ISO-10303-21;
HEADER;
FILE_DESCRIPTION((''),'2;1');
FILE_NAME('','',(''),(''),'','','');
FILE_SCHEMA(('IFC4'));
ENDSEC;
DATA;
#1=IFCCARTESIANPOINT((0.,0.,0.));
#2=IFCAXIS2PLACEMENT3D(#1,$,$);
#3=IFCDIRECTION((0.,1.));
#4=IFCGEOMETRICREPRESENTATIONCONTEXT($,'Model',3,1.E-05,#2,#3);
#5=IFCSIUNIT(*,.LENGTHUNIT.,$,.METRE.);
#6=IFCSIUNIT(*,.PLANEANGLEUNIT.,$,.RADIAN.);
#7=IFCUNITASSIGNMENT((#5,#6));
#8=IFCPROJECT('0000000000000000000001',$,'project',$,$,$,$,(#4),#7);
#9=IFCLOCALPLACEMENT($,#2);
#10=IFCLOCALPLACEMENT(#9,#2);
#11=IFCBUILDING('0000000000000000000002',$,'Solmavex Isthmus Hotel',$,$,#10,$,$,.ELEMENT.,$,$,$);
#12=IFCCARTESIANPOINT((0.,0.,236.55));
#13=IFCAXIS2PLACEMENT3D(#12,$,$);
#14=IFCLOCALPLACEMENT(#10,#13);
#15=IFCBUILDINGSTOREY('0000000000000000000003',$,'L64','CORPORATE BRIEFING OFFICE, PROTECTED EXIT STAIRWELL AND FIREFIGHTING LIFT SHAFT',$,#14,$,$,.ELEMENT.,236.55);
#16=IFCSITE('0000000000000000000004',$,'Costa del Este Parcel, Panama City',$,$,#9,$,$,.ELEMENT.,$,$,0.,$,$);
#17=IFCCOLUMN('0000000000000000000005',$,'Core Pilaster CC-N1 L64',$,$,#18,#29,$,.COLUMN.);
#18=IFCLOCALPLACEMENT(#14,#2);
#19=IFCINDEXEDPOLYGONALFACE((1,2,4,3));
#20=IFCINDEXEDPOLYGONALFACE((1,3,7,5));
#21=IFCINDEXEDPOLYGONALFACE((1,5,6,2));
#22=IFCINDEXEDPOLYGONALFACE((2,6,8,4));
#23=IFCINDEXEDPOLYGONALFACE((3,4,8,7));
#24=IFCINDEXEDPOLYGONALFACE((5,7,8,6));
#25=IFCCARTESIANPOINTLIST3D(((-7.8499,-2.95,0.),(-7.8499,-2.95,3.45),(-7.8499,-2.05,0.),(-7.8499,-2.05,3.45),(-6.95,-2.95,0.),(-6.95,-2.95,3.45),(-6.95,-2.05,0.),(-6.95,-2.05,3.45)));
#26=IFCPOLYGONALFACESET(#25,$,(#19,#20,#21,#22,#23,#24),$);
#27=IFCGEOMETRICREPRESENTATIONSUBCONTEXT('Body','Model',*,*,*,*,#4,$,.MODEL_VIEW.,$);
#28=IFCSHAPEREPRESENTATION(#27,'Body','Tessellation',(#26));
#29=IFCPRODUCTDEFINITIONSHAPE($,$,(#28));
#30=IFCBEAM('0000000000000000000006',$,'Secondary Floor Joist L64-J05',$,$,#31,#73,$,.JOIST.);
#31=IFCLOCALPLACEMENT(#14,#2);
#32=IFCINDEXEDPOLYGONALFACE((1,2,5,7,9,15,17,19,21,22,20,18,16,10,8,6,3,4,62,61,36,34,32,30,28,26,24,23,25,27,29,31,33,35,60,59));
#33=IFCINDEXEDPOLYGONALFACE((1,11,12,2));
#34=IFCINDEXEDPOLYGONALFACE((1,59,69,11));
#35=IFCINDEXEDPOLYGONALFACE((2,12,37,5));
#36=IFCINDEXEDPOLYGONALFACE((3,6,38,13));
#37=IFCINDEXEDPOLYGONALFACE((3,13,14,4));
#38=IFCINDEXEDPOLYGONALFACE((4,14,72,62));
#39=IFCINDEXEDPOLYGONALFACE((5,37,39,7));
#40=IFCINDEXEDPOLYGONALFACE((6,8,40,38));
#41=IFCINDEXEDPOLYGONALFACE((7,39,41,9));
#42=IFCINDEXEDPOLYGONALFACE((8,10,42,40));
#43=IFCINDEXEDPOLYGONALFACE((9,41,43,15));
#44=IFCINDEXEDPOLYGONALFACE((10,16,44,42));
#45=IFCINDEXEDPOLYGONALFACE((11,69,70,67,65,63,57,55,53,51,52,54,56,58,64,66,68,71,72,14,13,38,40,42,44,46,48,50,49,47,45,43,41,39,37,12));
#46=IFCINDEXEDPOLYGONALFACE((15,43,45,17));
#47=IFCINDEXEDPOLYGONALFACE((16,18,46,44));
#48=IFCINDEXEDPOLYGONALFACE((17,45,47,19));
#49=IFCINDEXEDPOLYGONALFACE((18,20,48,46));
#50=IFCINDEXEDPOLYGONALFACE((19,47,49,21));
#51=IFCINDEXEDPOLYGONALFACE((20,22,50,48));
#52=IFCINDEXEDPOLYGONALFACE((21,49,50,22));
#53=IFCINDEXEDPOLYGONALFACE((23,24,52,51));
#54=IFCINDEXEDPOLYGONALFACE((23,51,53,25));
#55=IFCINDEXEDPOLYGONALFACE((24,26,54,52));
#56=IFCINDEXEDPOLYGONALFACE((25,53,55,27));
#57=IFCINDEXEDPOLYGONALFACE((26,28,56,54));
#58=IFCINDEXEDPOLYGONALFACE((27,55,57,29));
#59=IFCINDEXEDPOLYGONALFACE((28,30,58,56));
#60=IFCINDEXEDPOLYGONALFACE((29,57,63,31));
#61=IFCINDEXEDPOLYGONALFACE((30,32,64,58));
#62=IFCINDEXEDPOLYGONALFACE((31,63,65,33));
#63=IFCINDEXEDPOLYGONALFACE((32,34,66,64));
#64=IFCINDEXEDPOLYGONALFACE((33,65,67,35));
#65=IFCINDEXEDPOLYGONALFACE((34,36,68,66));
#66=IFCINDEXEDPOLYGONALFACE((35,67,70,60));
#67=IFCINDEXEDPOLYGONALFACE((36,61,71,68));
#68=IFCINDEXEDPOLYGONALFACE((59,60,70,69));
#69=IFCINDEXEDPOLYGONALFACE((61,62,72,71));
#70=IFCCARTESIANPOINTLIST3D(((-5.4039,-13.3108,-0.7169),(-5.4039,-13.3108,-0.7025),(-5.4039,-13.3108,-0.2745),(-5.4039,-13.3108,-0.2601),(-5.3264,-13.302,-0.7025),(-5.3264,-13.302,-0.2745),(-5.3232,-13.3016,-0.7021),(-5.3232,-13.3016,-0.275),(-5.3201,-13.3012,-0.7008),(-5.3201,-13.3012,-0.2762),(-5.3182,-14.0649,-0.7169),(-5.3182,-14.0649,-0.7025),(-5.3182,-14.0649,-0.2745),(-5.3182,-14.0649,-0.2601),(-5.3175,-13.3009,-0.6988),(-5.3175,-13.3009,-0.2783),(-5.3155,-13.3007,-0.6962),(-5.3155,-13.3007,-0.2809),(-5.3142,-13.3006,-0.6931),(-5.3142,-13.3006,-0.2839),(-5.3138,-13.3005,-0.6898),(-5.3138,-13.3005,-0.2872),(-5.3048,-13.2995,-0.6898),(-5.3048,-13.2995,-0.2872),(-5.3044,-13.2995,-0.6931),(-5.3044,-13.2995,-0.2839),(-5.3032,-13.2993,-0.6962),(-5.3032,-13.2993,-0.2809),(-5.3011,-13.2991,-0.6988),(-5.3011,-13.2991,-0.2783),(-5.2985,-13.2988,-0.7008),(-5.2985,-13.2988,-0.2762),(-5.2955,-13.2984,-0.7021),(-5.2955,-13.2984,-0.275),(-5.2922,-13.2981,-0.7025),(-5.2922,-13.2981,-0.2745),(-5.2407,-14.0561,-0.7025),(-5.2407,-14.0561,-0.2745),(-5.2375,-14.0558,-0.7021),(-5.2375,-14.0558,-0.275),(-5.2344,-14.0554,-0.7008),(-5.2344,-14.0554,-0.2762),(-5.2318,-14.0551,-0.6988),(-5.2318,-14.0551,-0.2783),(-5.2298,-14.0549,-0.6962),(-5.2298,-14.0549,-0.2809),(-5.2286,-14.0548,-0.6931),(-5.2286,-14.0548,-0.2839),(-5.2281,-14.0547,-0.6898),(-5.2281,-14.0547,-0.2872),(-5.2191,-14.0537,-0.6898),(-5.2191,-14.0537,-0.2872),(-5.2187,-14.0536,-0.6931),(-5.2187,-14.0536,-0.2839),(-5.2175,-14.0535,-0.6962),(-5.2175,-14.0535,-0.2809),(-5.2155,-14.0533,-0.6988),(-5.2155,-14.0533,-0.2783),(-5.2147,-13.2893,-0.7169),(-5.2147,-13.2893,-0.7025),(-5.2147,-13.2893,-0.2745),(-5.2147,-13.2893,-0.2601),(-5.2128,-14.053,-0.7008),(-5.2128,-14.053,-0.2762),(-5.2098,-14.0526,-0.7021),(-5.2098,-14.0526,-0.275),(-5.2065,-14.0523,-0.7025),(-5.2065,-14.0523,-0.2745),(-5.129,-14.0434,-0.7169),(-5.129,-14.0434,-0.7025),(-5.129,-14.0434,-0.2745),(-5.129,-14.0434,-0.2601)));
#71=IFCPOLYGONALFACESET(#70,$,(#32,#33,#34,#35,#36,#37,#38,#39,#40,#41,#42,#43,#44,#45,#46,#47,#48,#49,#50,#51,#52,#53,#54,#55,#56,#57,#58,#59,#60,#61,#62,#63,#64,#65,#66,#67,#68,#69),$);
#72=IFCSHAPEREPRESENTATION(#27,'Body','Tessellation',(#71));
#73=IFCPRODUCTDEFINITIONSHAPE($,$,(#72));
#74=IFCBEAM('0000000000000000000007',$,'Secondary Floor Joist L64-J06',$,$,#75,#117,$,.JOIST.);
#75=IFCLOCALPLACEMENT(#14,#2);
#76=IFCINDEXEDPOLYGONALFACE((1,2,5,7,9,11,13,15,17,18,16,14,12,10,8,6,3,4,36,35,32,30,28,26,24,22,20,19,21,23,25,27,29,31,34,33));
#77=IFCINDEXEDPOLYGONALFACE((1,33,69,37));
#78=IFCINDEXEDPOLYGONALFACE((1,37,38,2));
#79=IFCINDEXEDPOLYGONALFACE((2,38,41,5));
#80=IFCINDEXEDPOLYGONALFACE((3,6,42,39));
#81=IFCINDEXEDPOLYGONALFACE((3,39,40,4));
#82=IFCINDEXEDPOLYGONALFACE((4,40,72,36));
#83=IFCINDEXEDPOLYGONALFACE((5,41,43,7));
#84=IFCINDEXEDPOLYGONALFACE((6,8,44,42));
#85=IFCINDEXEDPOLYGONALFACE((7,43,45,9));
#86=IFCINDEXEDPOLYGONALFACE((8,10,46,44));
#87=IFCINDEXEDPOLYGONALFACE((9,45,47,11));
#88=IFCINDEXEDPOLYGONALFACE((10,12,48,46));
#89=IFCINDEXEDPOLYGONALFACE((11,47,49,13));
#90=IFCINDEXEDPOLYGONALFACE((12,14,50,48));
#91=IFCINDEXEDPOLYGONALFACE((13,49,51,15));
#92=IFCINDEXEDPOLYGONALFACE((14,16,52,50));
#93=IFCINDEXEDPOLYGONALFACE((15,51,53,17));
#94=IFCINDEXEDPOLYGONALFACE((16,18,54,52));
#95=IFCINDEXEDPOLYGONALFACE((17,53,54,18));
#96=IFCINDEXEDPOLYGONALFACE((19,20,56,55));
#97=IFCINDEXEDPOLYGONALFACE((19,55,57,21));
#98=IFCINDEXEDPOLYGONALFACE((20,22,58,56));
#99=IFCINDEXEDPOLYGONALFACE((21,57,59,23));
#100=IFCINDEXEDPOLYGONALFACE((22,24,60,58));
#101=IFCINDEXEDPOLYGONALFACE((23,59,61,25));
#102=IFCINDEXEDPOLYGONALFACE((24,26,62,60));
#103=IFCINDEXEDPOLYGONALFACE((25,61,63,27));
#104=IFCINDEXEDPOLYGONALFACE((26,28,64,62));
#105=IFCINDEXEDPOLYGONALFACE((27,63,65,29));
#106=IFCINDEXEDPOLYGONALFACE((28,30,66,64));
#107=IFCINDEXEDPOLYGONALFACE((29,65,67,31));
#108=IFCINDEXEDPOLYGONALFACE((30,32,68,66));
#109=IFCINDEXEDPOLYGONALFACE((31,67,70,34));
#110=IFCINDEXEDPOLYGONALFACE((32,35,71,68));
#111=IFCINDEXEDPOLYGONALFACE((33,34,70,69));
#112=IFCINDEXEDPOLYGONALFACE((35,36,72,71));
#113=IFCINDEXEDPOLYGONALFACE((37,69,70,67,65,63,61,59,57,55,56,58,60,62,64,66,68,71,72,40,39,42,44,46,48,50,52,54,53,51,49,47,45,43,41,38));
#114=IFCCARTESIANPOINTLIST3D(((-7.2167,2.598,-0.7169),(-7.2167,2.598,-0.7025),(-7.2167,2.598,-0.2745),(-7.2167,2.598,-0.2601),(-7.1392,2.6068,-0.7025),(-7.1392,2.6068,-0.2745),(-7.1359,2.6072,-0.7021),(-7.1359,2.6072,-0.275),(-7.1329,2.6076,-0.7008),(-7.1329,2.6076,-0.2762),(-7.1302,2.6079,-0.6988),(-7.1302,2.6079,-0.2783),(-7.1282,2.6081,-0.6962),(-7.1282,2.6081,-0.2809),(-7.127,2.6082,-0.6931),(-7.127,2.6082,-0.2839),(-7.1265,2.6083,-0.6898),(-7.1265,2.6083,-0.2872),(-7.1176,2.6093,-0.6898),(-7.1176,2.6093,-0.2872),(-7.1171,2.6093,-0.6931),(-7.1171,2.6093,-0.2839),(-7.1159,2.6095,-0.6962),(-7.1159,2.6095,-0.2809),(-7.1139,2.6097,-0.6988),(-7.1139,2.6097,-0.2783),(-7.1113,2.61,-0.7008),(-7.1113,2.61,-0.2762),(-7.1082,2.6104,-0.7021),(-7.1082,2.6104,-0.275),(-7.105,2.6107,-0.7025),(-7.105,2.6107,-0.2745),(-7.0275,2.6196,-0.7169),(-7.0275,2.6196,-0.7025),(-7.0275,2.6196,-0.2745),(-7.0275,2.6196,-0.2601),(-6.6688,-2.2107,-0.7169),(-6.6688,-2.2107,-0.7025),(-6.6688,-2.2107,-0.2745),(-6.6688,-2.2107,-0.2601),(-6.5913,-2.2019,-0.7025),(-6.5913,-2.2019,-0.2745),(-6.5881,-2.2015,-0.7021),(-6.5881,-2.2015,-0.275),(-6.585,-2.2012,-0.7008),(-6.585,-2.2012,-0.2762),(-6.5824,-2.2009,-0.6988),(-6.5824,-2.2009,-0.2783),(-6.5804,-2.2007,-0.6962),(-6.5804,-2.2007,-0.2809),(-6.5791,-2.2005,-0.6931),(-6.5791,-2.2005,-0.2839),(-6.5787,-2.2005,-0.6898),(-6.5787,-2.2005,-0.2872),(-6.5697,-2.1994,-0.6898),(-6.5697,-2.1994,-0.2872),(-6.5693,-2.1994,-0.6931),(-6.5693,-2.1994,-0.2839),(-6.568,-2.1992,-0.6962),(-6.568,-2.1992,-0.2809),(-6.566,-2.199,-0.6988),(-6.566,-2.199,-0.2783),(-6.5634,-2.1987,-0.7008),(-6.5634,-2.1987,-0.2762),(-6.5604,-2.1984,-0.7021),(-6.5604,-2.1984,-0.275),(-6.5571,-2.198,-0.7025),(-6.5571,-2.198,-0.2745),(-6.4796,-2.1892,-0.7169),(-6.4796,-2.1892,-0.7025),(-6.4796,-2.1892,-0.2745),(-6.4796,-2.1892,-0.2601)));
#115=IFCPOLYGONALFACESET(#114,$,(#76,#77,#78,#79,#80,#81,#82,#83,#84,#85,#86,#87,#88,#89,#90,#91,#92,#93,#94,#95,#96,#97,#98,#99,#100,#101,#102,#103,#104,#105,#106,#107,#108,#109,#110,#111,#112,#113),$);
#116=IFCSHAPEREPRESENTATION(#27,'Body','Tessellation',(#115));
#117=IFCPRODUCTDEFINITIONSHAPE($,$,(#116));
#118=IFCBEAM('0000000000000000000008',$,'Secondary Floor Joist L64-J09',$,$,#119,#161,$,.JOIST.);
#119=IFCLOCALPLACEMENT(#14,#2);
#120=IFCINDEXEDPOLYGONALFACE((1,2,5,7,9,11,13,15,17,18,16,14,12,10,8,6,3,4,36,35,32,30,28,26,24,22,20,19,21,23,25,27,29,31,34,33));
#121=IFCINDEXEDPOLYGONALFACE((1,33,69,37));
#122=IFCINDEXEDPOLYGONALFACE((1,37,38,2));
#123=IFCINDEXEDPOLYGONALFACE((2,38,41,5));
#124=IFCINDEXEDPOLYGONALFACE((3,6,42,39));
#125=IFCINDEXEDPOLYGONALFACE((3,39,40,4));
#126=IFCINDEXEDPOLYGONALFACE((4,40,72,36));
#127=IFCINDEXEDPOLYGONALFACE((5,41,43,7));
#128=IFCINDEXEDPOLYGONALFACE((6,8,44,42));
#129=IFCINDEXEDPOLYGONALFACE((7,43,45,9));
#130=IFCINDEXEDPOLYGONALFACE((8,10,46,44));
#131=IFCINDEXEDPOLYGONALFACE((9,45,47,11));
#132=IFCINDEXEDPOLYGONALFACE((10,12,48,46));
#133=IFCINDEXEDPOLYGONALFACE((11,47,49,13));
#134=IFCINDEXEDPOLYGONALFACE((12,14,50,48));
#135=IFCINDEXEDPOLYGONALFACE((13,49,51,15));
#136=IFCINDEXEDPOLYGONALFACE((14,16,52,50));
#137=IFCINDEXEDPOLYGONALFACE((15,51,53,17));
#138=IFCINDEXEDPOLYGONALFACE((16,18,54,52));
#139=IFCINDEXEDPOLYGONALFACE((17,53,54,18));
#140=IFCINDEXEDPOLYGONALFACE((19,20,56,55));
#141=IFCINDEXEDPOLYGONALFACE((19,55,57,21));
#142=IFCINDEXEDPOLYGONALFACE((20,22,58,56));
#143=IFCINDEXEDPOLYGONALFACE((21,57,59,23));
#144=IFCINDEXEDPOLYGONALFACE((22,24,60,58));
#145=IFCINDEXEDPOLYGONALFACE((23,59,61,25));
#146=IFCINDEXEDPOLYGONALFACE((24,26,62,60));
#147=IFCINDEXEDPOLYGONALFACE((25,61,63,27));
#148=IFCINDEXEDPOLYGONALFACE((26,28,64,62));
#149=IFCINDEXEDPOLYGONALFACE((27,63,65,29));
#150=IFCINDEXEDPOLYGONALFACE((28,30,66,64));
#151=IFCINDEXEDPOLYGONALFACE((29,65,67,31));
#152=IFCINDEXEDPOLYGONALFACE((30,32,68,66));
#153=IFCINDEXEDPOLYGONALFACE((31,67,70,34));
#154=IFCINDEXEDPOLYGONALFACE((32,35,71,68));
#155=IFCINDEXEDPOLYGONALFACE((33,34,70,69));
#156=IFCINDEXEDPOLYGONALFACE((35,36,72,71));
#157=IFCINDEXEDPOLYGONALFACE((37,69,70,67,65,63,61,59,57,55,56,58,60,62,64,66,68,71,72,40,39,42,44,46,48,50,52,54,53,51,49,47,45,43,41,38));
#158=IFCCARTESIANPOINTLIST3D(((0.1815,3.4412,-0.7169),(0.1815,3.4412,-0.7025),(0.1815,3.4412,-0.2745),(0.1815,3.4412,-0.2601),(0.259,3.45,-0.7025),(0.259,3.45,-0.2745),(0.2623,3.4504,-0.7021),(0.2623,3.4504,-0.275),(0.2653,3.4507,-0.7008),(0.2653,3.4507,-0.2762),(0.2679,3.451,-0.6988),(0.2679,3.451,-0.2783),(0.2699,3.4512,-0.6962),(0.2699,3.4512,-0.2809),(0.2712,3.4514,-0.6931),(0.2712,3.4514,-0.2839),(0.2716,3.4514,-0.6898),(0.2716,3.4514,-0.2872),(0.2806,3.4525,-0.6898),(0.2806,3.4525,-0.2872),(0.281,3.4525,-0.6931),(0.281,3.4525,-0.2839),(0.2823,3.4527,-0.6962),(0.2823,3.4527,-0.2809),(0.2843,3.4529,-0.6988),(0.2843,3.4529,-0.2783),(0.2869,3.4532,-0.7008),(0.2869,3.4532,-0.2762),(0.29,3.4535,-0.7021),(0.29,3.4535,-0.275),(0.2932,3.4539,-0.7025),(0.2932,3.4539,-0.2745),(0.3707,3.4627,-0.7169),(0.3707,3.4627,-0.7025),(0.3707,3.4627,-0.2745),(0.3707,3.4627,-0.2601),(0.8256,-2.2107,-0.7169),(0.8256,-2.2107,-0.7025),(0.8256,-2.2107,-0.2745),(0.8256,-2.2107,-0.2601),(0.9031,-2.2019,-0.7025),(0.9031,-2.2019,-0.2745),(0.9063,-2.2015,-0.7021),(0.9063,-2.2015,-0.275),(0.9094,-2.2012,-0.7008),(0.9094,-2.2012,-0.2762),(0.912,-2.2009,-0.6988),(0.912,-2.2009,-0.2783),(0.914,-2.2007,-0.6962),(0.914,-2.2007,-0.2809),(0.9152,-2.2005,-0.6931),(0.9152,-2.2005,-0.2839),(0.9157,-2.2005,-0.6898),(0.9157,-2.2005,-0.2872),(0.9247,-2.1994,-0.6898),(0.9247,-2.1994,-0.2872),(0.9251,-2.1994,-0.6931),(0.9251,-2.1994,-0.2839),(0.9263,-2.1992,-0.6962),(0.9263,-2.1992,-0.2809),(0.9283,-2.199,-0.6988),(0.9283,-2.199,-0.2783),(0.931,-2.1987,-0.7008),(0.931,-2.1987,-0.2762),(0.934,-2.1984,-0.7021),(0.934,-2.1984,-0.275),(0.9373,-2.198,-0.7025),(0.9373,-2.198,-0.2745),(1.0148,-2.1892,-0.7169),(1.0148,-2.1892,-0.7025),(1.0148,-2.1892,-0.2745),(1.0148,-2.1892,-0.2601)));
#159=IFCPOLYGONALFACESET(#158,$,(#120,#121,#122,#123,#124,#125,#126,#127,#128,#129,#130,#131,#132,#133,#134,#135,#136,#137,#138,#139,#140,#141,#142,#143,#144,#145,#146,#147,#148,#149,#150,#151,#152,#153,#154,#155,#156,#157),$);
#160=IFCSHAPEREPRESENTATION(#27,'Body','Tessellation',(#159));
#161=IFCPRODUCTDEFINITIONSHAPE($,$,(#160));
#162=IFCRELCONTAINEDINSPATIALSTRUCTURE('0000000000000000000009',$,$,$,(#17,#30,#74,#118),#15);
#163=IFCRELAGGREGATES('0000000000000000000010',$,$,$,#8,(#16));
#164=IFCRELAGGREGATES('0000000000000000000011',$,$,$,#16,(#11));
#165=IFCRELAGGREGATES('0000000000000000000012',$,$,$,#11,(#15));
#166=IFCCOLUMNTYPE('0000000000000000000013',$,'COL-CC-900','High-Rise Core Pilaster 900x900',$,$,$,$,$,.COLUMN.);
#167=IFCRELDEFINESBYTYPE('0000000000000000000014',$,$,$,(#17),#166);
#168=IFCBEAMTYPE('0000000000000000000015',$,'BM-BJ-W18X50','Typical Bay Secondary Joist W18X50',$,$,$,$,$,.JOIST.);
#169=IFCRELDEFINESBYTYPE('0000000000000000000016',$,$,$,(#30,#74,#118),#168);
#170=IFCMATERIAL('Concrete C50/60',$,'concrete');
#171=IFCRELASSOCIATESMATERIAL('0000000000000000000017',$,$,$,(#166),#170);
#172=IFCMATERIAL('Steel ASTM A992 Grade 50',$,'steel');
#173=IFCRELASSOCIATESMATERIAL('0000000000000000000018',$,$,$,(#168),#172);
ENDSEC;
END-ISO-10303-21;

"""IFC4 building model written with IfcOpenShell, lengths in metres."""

from ifc_helpers import new_model, si_unit, direction, frame, origin, origin_2d, place, context, subcontext, project, spatial, rectangle, i_section, extrude, material, material_profile, profile_set, type_object, element, save


model = new_model("IFC4")

# Units and contexts
model_context = context("Model", 3, precision=1e-05, world=origin(), true_north=direction((0.0, 1.0)))
body_context = subcontext(model_context, "Body", "Model", "MODEL_VIEW")
ifc_project = project(units=[si_unit("LENGTHUNIT", "METRE"), si_unit("PLANEANGLEUNIT", "RADIAN")], contexts=[model_context])

# Site, building, storey
site_placement = place(None, origin())
site = spatial("IfcSite", under=ifc_project, at=site_placement, Name="Costa del Este Parcel, Panama City", CompositionType="ELEMENT", RefElevation=0.0)
building_placement = place(site_placement, origin())
building = spatial("IfcBuilding", under=site, at=building_placement, Name="Solmavex Isthmus Hotel", CompositionType="ELEMENT")
storey_placement = place(building_placement, frame((0.0, 0.0, 236.55)))
storey = spatial("IfcBuildingStorey", under=building, at=storey_placement, Name="L64", Description="CORPORATE BRIEFING OFFICE, PROTECTED EXIT STAIRWELL AND FIREFIGHTING LIFT SHAFT", CompositionType="ELEMENT", Elevation=236.55)

# Column
ifc_material_1 = material(Name="Concrete C50/60", Category="concrete")
ifc_material_profile_1 = material_profile(ifc_material_1, rectangle(XDim=0.8999, YDim=0.8999, at=origin_2d()), Name="RC900X900")
ifc_profile_set_1 = profile_set([ifc_material_profile_1], Name="Concrete C50/60")
column_type = type_object("IfcColumnType", Name="COL-CC-900", Description="High-Rise Core Pilaster 900x900", PredefinedType="COLUMN", material=ifc_profile_set_1)
column_placement = place(storey_placement, frame((-7.3999, -2.5, 0.0), z_axis=(0.0, 0.0, 1.0), x_axis=(1.0, 0.0, 0.0)))
element("IfcColumn", 1, at=column_placement, inside=storey, type_object=column_type, Name="Core Pilaster CC-N1 L64", PredefinedType="COLUMN", context=body_context, shape_type="SweptSolid", body=[
    extrude(rectangle(XDim=0.8999, YDim=0.8999, at=origin_2d()), origin(), (0.0, 0.0, 1.0), 3.45),
])

# Beams
ifc_material_2 = material(Name="Steel ASTM A992 Grade 50", Category="steel")
ifc_material_profile_2 = material_profile(ifc_material_2, i_section(OverallWidth=0.1904, OverallDepth=0.4568, WebThickness=0.009, FlangeThickness=0.0144, FilletRadius=0.0127, at=origin_2d()), Name="W18X50")
ifc_profile_set_2 = profile_set([ifc_material_profile_2], Name="Steel ASTM A992 Grade 50")
beam_type_1 = type_object("IfcBeamType", Name="BM-BJ-W18X50", Description="Typical Bay Secondary Joist W18X50", PredefinedType="JOIST", material=ifc_profile_set_2)
beam_1_placement = place(storey_placement, frame((-5.2236, -14.0542, -0.4885), z_axis=(-0.112902, 0.993606, 0.0), x_axis=(-0.993606, -0.112902, 0.0)))
element("IfcBeam", 2, at=beam_1_placement, inside=storey, type_object=beam_type_1, Name="Secondary Floor Joist L64-J05", PredefinedType="JOIST", context=body_context, shape_type="SweptSolid", body=[
    extrude(i_section(OverallWidth=0.1904, OverallDepth=0.4568, WebThickness=0.009, FlangeThickness=0.0144, FilletRadius=0.0127, at=origin_2d()), origin(), (0.0, 0.0, 1.0), 0.759),
])
beam_2_placement = place(storey_placement, frame((-6.5742, -2.2, -0.4885), z_axis=(-0.113194, 0.993573, 0.0), x_axis=(-0.993573, -0.113194, 0.0)))
element("IfcBeam", 3, at=beam_2_placement, inside=storey, type_object=beam_type_1, Name="Secondary Floor Joist L64-J06", PredefinedType="JOIST", context=body_context, shape_type="SweptSolid", body=[
    extrude(i_section(OverallWidth=0.1904, OverallDepth=0.4568, WebThickness=0.009, FlangeThickness=0.0144, FilletRadius=0.0127, at=origin_2d()), origin(), (0.0, 0.0, 1.0), 4.8398),
])
beam_3_placement = place(storey_placement, frame((0.9202, -2.2, -0.4885), z_axis=(-0.11322, 0.99357, 0.0), x_axis=(-0.99357, -0.11322, 0.0)))
element("IfcBeam", 4, at=beam_3_placement, inside=storey, type_object=beam_type_1, Name="Secondary Floor Joist L64-J09", PredefinedType="JOIST", context=body_context, shape_type="SweptSolid", body=[
    extrude(i_section(OverallWidth=0.1904, OverallDepth=0.4568, WebThickness=0.009, FlangeThickness=0.0144, FilletRadius=0.0127, at=origin_2d()), origin(), (0.0, 0.0, 1.0), 5.6885),
])

save(model, "model.ifc")
